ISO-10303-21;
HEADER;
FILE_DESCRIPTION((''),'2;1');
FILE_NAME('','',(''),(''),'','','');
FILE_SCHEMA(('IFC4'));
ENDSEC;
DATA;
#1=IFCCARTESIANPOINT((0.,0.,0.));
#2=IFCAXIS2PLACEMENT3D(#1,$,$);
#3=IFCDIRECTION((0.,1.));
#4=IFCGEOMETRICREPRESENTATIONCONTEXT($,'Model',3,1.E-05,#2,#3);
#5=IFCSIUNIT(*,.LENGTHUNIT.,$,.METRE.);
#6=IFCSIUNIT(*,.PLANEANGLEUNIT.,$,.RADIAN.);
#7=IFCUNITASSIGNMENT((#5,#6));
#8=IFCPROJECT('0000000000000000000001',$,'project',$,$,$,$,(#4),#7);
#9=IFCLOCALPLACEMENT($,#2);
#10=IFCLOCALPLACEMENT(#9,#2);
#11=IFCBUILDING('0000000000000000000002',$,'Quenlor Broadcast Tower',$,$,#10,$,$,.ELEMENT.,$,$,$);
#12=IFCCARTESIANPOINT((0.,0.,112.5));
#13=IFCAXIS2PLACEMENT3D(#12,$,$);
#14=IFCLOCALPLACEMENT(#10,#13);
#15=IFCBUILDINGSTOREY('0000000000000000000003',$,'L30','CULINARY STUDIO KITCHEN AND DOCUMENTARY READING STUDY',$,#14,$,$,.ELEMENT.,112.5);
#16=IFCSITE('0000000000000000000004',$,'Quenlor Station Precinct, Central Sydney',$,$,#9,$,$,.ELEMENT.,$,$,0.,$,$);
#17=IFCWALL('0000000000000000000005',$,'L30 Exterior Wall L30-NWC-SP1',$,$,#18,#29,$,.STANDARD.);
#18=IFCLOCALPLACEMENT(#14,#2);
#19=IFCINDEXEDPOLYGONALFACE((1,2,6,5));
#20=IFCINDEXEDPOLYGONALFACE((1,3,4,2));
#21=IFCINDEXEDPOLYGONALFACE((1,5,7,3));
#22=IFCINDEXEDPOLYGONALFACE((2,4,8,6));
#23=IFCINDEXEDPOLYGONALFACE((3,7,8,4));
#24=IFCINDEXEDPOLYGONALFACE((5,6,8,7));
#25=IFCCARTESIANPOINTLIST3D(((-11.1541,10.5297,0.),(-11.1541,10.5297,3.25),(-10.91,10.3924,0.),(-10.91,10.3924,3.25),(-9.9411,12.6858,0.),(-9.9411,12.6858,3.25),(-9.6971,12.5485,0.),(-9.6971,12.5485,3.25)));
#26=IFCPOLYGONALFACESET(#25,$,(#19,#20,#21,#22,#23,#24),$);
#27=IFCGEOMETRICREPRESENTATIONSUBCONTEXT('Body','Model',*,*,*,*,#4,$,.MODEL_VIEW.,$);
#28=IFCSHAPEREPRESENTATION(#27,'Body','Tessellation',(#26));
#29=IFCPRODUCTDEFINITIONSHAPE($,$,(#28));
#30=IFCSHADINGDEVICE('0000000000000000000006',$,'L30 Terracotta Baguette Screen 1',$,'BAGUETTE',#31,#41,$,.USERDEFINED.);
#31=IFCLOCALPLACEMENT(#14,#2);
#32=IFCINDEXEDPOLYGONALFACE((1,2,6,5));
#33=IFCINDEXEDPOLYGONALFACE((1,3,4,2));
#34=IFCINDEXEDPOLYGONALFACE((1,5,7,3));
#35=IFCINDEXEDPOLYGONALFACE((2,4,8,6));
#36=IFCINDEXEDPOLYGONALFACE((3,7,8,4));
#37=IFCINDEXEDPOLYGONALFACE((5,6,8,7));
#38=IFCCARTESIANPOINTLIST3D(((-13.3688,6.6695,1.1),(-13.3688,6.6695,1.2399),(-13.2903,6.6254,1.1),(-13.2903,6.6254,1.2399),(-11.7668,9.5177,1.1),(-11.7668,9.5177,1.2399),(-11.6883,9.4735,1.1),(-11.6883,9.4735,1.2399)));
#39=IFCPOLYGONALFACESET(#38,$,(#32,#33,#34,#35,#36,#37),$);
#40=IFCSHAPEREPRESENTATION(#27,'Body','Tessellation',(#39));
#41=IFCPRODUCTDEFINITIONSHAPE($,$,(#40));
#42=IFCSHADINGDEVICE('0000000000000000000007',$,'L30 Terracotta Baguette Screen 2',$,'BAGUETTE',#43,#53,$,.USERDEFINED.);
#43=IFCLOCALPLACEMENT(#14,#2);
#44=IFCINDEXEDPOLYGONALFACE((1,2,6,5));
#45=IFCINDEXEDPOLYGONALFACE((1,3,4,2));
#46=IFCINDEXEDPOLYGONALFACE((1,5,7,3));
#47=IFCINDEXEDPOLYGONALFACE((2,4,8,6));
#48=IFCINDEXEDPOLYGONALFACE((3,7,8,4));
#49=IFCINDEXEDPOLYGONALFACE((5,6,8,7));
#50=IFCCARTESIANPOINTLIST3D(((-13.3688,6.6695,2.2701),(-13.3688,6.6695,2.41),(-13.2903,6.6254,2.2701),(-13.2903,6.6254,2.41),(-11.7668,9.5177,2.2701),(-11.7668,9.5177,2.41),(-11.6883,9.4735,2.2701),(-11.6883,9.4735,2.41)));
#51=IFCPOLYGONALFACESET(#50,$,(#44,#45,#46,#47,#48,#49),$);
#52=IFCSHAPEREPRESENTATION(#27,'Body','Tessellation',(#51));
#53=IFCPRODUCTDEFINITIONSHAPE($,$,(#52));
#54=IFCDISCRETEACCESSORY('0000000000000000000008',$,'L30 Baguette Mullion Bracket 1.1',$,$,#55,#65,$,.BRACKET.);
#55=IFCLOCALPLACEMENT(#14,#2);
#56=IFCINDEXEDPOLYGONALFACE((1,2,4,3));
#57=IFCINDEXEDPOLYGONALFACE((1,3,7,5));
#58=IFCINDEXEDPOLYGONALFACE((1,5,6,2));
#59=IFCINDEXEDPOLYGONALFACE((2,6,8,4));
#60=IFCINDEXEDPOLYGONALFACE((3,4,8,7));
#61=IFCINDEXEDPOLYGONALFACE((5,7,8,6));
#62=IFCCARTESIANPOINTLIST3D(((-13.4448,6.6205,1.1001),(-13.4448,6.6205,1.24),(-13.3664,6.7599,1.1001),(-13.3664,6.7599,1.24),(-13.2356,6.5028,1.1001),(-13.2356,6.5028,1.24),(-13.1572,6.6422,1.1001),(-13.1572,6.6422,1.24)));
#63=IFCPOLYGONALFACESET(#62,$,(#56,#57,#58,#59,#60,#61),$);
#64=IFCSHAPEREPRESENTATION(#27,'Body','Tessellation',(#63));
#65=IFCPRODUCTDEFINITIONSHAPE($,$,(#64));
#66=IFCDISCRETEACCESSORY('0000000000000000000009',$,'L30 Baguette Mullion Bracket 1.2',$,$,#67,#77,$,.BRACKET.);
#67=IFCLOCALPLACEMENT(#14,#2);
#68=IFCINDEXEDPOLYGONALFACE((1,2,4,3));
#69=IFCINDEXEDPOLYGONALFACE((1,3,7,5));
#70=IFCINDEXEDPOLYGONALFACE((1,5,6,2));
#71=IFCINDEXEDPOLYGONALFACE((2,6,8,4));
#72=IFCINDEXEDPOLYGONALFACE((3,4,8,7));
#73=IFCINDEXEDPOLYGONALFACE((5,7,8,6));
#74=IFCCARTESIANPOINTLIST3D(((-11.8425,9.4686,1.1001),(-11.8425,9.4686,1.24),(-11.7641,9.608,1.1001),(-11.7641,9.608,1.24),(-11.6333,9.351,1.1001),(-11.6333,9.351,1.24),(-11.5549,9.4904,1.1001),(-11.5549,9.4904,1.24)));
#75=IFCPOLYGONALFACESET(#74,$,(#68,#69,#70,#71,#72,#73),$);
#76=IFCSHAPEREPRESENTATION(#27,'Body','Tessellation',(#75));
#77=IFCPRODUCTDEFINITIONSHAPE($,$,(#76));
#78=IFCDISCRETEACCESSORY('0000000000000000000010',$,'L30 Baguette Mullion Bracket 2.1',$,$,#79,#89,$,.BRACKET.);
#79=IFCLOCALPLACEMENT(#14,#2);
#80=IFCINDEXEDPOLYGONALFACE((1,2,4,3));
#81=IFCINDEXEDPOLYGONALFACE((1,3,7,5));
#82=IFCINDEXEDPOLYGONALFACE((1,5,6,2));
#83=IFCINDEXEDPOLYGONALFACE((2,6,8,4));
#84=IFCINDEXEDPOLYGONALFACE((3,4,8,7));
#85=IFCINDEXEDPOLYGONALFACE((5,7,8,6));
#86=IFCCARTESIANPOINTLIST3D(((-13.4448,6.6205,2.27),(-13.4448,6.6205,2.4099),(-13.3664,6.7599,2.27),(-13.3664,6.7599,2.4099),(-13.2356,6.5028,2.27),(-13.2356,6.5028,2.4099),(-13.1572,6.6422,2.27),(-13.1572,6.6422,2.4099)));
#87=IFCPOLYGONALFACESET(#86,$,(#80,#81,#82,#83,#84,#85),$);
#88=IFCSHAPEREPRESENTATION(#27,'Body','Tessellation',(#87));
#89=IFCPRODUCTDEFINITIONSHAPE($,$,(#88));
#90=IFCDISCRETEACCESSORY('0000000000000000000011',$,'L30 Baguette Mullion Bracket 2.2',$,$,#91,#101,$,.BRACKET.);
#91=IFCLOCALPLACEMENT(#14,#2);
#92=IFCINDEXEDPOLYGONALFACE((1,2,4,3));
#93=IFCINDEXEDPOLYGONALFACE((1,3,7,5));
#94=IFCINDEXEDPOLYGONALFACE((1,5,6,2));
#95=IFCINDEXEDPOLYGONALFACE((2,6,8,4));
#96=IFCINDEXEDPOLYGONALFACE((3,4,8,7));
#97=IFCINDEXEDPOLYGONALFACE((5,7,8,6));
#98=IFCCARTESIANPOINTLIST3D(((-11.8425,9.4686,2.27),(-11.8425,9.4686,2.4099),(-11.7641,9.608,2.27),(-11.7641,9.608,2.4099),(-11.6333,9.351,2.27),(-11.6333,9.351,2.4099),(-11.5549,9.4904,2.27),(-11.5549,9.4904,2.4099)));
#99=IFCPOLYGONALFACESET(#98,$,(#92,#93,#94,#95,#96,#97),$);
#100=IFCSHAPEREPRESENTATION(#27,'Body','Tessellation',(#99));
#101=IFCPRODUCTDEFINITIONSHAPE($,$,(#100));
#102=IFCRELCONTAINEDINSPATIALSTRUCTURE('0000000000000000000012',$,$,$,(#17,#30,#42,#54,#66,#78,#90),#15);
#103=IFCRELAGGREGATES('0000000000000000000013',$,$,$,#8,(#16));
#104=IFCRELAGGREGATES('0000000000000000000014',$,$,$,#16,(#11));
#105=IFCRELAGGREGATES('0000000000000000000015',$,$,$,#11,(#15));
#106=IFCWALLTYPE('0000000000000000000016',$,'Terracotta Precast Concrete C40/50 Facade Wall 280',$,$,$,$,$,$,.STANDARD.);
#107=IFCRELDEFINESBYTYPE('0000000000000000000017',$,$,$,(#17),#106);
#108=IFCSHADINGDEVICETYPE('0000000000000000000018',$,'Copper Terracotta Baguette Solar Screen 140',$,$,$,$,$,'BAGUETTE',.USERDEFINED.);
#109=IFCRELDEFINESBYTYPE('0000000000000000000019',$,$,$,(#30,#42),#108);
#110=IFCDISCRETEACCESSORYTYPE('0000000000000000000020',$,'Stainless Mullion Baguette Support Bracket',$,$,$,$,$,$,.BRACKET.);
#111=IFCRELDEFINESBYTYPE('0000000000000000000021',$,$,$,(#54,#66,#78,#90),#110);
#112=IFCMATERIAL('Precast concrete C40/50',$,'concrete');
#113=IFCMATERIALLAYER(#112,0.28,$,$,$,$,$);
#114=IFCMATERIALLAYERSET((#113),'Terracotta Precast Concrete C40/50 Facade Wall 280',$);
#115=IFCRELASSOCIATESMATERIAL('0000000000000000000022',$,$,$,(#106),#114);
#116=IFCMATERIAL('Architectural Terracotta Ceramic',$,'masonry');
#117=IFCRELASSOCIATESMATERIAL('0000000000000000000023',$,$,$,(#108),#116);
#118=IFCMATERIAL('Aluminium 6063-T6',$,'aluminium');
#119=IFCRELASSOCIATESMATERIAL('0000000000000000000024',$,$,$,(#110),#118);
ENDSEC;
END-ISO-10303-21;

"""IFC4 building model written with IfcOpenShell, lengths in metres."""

from ifc_helpers import new_model, si_unit, direction, frame, frame_2d, origin, origin_2d, place, context, subcontext, project, spatial, rectangle, extrude, material, layer, layer_set, material_profile, profile_set, type_object, element, save


model = new_model("IFC4")

# Units and contexts
model_context = context("Model", 3, precision=1e-05, world=origin(), true_north=direction((0.0, 1.0)))
body_context = subcontext(model_context, "Body", "Model", "MODEL_VIEW")
ifc_project = project(units=[si_unit("LENGTHUNIT", "METRE"), si_unit("PLANEANGLEUNIT", "RADIAN")], contexts=[model_context])

# Site, building, storey
site_placement = place(None, origin())
site = spatial("IfcSite", under=ifc_project, at=site_placement, Name="Quenlor Station Precinct, Central Sydney", CompositionType="ELEMENT", RefElevation=0.0)
building_placement = place(site_placement, origin())
building = spatial("IfcBuilding", under=site, at=building_placement, Name="Quenlor Broadcast Tower", CompositionType="ELEMENT")
storey_placement = place(building_placement, frame((0.0, 0.0, 112.5)))
storey = spatial("IfcBuildingStorey", under=building, at=storey_placement, Name="L30", Description="CULINARY STUDIO KITCHEN AND DOCUMENTARY READING STUDY", CompositionType="ELEMENT", Elevation=112.5)

# Wall
ifc_material_1 = material(Name="Precast concrete C40/50", Category="concrete")
ifc_layer_1 = layer(ifc_material_1, 0.28)
ifc_layer_set_1 = layer_set([ifc_layer_1], Name="Terracotta Precast Concrete C40/50 Facade Wall 280")
wall_type_1 = type_object("IfcWallType", Name="Terracotta Precast Concrete C40/50 Facade Wall 280", PredefinedType="STANDARD", material=ifc_layer_set_1)
wall_1_placement = place(storey_placement, frame((-11.032, 10.4612, 0.0), z_axis=(0.0, 0.0, 1.0), x_axis=(0.490303, 0.871552, 0.0)))
element("IfcWall", 1, at=wall_1_placement, inside=storey, type_object=wall_type_1, Name="L30 Exterior Wall L30-NWC-SP1", PredefinedType="STANDARD", context=body_context, shape_type="SweptSolid", body=[
    extrude(rectangle(XDim=2.4739, YDim=0.28, at=frame_2d((1.2368, 0.0))), origin(), (0.0, 0.0, 1.0), 3.25),
])

# Shading devices
ifc_material_2 = material(Name="Architectural Terracotta Ceramic", Category="masonry")
ifc_material_profile_1 = material_profile(ifc_material_2, rectangle(XDim=0.0901, YDim=0.1399, at=origin_2d()))
ifc_profile_set_1 = profile_set([ifc_material_profile_1], Name="Architectural Terracotta Ceramic BAG90x140")
shading_device_type = type_object("IfcShadingDeviceType", Name="Copper Terracotta Baguette Solar Screen 140", ElementType="BAGUETTE", PredefinedType="USERDEFINED", material=ifc_profile_set_1)
for number, where, z_axis, x_axis, name in (
    (2, (-13.3296, 6.6475, 1.1699), (0.490254, 0.87158, 0.0), (-0.87158, 0.490254, 0.0), "L30 Terracotta Baguette Screen 1"),
    (3, (-13.3296, 6.6475, 2.3401), (0.490254, 0.87158, 0.0), (-0.87158, 0.490254, 0.0), "L30 Terracotta Baguette Screen 2"),
):
    element("IfcShadingDevice", number, at=place(storey_placement, frame(where, z_axis=z_axis, x_axis=x_axis)), inside=storey, type_object=shading_device_type, Name=name, ObjectType="BAGUETTE", PredefinedType="USERDEFINED", context=body_context, shape_type="SweptSolid", body=[
        extrude(rectangle(XDim=0.0901, YDim=0.1399, at=origin_2d()), origin(), (0.0, 0.0, 1.0), 3.2678),
    ])

# Discrete accessories
ifc_material_3 = material(Name="Aluminium 6063-T6", Category="aluminium")
discrete_accessory_type = type_object("IfcDiscreteAccessoryType", Name="Stainless Mullion Baguette Support Bracket", PredefinedType="BRACKET", material=ifc_material_3)
for number, where, z_axis, x_axis, name in (
    (4, (-13.301, 6.6313, 1.1001), (0.0, 0.0, 1.0), (0.490262, 0.871575, 0.0), "L30 Baguette Mullion Bracket 1.1"),
    (5, (-11.6987, 9.4795, 1.1001), (0.0, 0.0, 1.0), (0.490262, 0.871575, 0.0), "L30 Baguette Mullion Bracket 1.2"),
    (6, (-13.301, 6.6313, 2.27), (0.0, 0.0, 1.0), (0.490262, 0.871575, 0.0), "L30 Baguette Mullion Bracket 2.1"),
    (7, (-11.6987, 9.4795, 2.27), (0.0, 0.0, 1.0), (0.490262, 0.871575, 0.0), "L30 Baguette Mullion Bracket 2.2"),
):
    element("IfcDiscreteAccessory", number, at=place(storey_placement, frame(where, z_axis=z_axis, x_axis=x_axis)), inside=storey, type_object=discrete_accessory_type, Name=name, PredefinedType="BRACKET", context=body_context, shape_type="SweptSolid", body=[
        extrude(rectangle(XDim=0.1599, YDim=0.24, at=origin_2d()), origin(), (0.0, 0.0, 1.0), 0.1399),
    ])

save(model, "model.ifc")
